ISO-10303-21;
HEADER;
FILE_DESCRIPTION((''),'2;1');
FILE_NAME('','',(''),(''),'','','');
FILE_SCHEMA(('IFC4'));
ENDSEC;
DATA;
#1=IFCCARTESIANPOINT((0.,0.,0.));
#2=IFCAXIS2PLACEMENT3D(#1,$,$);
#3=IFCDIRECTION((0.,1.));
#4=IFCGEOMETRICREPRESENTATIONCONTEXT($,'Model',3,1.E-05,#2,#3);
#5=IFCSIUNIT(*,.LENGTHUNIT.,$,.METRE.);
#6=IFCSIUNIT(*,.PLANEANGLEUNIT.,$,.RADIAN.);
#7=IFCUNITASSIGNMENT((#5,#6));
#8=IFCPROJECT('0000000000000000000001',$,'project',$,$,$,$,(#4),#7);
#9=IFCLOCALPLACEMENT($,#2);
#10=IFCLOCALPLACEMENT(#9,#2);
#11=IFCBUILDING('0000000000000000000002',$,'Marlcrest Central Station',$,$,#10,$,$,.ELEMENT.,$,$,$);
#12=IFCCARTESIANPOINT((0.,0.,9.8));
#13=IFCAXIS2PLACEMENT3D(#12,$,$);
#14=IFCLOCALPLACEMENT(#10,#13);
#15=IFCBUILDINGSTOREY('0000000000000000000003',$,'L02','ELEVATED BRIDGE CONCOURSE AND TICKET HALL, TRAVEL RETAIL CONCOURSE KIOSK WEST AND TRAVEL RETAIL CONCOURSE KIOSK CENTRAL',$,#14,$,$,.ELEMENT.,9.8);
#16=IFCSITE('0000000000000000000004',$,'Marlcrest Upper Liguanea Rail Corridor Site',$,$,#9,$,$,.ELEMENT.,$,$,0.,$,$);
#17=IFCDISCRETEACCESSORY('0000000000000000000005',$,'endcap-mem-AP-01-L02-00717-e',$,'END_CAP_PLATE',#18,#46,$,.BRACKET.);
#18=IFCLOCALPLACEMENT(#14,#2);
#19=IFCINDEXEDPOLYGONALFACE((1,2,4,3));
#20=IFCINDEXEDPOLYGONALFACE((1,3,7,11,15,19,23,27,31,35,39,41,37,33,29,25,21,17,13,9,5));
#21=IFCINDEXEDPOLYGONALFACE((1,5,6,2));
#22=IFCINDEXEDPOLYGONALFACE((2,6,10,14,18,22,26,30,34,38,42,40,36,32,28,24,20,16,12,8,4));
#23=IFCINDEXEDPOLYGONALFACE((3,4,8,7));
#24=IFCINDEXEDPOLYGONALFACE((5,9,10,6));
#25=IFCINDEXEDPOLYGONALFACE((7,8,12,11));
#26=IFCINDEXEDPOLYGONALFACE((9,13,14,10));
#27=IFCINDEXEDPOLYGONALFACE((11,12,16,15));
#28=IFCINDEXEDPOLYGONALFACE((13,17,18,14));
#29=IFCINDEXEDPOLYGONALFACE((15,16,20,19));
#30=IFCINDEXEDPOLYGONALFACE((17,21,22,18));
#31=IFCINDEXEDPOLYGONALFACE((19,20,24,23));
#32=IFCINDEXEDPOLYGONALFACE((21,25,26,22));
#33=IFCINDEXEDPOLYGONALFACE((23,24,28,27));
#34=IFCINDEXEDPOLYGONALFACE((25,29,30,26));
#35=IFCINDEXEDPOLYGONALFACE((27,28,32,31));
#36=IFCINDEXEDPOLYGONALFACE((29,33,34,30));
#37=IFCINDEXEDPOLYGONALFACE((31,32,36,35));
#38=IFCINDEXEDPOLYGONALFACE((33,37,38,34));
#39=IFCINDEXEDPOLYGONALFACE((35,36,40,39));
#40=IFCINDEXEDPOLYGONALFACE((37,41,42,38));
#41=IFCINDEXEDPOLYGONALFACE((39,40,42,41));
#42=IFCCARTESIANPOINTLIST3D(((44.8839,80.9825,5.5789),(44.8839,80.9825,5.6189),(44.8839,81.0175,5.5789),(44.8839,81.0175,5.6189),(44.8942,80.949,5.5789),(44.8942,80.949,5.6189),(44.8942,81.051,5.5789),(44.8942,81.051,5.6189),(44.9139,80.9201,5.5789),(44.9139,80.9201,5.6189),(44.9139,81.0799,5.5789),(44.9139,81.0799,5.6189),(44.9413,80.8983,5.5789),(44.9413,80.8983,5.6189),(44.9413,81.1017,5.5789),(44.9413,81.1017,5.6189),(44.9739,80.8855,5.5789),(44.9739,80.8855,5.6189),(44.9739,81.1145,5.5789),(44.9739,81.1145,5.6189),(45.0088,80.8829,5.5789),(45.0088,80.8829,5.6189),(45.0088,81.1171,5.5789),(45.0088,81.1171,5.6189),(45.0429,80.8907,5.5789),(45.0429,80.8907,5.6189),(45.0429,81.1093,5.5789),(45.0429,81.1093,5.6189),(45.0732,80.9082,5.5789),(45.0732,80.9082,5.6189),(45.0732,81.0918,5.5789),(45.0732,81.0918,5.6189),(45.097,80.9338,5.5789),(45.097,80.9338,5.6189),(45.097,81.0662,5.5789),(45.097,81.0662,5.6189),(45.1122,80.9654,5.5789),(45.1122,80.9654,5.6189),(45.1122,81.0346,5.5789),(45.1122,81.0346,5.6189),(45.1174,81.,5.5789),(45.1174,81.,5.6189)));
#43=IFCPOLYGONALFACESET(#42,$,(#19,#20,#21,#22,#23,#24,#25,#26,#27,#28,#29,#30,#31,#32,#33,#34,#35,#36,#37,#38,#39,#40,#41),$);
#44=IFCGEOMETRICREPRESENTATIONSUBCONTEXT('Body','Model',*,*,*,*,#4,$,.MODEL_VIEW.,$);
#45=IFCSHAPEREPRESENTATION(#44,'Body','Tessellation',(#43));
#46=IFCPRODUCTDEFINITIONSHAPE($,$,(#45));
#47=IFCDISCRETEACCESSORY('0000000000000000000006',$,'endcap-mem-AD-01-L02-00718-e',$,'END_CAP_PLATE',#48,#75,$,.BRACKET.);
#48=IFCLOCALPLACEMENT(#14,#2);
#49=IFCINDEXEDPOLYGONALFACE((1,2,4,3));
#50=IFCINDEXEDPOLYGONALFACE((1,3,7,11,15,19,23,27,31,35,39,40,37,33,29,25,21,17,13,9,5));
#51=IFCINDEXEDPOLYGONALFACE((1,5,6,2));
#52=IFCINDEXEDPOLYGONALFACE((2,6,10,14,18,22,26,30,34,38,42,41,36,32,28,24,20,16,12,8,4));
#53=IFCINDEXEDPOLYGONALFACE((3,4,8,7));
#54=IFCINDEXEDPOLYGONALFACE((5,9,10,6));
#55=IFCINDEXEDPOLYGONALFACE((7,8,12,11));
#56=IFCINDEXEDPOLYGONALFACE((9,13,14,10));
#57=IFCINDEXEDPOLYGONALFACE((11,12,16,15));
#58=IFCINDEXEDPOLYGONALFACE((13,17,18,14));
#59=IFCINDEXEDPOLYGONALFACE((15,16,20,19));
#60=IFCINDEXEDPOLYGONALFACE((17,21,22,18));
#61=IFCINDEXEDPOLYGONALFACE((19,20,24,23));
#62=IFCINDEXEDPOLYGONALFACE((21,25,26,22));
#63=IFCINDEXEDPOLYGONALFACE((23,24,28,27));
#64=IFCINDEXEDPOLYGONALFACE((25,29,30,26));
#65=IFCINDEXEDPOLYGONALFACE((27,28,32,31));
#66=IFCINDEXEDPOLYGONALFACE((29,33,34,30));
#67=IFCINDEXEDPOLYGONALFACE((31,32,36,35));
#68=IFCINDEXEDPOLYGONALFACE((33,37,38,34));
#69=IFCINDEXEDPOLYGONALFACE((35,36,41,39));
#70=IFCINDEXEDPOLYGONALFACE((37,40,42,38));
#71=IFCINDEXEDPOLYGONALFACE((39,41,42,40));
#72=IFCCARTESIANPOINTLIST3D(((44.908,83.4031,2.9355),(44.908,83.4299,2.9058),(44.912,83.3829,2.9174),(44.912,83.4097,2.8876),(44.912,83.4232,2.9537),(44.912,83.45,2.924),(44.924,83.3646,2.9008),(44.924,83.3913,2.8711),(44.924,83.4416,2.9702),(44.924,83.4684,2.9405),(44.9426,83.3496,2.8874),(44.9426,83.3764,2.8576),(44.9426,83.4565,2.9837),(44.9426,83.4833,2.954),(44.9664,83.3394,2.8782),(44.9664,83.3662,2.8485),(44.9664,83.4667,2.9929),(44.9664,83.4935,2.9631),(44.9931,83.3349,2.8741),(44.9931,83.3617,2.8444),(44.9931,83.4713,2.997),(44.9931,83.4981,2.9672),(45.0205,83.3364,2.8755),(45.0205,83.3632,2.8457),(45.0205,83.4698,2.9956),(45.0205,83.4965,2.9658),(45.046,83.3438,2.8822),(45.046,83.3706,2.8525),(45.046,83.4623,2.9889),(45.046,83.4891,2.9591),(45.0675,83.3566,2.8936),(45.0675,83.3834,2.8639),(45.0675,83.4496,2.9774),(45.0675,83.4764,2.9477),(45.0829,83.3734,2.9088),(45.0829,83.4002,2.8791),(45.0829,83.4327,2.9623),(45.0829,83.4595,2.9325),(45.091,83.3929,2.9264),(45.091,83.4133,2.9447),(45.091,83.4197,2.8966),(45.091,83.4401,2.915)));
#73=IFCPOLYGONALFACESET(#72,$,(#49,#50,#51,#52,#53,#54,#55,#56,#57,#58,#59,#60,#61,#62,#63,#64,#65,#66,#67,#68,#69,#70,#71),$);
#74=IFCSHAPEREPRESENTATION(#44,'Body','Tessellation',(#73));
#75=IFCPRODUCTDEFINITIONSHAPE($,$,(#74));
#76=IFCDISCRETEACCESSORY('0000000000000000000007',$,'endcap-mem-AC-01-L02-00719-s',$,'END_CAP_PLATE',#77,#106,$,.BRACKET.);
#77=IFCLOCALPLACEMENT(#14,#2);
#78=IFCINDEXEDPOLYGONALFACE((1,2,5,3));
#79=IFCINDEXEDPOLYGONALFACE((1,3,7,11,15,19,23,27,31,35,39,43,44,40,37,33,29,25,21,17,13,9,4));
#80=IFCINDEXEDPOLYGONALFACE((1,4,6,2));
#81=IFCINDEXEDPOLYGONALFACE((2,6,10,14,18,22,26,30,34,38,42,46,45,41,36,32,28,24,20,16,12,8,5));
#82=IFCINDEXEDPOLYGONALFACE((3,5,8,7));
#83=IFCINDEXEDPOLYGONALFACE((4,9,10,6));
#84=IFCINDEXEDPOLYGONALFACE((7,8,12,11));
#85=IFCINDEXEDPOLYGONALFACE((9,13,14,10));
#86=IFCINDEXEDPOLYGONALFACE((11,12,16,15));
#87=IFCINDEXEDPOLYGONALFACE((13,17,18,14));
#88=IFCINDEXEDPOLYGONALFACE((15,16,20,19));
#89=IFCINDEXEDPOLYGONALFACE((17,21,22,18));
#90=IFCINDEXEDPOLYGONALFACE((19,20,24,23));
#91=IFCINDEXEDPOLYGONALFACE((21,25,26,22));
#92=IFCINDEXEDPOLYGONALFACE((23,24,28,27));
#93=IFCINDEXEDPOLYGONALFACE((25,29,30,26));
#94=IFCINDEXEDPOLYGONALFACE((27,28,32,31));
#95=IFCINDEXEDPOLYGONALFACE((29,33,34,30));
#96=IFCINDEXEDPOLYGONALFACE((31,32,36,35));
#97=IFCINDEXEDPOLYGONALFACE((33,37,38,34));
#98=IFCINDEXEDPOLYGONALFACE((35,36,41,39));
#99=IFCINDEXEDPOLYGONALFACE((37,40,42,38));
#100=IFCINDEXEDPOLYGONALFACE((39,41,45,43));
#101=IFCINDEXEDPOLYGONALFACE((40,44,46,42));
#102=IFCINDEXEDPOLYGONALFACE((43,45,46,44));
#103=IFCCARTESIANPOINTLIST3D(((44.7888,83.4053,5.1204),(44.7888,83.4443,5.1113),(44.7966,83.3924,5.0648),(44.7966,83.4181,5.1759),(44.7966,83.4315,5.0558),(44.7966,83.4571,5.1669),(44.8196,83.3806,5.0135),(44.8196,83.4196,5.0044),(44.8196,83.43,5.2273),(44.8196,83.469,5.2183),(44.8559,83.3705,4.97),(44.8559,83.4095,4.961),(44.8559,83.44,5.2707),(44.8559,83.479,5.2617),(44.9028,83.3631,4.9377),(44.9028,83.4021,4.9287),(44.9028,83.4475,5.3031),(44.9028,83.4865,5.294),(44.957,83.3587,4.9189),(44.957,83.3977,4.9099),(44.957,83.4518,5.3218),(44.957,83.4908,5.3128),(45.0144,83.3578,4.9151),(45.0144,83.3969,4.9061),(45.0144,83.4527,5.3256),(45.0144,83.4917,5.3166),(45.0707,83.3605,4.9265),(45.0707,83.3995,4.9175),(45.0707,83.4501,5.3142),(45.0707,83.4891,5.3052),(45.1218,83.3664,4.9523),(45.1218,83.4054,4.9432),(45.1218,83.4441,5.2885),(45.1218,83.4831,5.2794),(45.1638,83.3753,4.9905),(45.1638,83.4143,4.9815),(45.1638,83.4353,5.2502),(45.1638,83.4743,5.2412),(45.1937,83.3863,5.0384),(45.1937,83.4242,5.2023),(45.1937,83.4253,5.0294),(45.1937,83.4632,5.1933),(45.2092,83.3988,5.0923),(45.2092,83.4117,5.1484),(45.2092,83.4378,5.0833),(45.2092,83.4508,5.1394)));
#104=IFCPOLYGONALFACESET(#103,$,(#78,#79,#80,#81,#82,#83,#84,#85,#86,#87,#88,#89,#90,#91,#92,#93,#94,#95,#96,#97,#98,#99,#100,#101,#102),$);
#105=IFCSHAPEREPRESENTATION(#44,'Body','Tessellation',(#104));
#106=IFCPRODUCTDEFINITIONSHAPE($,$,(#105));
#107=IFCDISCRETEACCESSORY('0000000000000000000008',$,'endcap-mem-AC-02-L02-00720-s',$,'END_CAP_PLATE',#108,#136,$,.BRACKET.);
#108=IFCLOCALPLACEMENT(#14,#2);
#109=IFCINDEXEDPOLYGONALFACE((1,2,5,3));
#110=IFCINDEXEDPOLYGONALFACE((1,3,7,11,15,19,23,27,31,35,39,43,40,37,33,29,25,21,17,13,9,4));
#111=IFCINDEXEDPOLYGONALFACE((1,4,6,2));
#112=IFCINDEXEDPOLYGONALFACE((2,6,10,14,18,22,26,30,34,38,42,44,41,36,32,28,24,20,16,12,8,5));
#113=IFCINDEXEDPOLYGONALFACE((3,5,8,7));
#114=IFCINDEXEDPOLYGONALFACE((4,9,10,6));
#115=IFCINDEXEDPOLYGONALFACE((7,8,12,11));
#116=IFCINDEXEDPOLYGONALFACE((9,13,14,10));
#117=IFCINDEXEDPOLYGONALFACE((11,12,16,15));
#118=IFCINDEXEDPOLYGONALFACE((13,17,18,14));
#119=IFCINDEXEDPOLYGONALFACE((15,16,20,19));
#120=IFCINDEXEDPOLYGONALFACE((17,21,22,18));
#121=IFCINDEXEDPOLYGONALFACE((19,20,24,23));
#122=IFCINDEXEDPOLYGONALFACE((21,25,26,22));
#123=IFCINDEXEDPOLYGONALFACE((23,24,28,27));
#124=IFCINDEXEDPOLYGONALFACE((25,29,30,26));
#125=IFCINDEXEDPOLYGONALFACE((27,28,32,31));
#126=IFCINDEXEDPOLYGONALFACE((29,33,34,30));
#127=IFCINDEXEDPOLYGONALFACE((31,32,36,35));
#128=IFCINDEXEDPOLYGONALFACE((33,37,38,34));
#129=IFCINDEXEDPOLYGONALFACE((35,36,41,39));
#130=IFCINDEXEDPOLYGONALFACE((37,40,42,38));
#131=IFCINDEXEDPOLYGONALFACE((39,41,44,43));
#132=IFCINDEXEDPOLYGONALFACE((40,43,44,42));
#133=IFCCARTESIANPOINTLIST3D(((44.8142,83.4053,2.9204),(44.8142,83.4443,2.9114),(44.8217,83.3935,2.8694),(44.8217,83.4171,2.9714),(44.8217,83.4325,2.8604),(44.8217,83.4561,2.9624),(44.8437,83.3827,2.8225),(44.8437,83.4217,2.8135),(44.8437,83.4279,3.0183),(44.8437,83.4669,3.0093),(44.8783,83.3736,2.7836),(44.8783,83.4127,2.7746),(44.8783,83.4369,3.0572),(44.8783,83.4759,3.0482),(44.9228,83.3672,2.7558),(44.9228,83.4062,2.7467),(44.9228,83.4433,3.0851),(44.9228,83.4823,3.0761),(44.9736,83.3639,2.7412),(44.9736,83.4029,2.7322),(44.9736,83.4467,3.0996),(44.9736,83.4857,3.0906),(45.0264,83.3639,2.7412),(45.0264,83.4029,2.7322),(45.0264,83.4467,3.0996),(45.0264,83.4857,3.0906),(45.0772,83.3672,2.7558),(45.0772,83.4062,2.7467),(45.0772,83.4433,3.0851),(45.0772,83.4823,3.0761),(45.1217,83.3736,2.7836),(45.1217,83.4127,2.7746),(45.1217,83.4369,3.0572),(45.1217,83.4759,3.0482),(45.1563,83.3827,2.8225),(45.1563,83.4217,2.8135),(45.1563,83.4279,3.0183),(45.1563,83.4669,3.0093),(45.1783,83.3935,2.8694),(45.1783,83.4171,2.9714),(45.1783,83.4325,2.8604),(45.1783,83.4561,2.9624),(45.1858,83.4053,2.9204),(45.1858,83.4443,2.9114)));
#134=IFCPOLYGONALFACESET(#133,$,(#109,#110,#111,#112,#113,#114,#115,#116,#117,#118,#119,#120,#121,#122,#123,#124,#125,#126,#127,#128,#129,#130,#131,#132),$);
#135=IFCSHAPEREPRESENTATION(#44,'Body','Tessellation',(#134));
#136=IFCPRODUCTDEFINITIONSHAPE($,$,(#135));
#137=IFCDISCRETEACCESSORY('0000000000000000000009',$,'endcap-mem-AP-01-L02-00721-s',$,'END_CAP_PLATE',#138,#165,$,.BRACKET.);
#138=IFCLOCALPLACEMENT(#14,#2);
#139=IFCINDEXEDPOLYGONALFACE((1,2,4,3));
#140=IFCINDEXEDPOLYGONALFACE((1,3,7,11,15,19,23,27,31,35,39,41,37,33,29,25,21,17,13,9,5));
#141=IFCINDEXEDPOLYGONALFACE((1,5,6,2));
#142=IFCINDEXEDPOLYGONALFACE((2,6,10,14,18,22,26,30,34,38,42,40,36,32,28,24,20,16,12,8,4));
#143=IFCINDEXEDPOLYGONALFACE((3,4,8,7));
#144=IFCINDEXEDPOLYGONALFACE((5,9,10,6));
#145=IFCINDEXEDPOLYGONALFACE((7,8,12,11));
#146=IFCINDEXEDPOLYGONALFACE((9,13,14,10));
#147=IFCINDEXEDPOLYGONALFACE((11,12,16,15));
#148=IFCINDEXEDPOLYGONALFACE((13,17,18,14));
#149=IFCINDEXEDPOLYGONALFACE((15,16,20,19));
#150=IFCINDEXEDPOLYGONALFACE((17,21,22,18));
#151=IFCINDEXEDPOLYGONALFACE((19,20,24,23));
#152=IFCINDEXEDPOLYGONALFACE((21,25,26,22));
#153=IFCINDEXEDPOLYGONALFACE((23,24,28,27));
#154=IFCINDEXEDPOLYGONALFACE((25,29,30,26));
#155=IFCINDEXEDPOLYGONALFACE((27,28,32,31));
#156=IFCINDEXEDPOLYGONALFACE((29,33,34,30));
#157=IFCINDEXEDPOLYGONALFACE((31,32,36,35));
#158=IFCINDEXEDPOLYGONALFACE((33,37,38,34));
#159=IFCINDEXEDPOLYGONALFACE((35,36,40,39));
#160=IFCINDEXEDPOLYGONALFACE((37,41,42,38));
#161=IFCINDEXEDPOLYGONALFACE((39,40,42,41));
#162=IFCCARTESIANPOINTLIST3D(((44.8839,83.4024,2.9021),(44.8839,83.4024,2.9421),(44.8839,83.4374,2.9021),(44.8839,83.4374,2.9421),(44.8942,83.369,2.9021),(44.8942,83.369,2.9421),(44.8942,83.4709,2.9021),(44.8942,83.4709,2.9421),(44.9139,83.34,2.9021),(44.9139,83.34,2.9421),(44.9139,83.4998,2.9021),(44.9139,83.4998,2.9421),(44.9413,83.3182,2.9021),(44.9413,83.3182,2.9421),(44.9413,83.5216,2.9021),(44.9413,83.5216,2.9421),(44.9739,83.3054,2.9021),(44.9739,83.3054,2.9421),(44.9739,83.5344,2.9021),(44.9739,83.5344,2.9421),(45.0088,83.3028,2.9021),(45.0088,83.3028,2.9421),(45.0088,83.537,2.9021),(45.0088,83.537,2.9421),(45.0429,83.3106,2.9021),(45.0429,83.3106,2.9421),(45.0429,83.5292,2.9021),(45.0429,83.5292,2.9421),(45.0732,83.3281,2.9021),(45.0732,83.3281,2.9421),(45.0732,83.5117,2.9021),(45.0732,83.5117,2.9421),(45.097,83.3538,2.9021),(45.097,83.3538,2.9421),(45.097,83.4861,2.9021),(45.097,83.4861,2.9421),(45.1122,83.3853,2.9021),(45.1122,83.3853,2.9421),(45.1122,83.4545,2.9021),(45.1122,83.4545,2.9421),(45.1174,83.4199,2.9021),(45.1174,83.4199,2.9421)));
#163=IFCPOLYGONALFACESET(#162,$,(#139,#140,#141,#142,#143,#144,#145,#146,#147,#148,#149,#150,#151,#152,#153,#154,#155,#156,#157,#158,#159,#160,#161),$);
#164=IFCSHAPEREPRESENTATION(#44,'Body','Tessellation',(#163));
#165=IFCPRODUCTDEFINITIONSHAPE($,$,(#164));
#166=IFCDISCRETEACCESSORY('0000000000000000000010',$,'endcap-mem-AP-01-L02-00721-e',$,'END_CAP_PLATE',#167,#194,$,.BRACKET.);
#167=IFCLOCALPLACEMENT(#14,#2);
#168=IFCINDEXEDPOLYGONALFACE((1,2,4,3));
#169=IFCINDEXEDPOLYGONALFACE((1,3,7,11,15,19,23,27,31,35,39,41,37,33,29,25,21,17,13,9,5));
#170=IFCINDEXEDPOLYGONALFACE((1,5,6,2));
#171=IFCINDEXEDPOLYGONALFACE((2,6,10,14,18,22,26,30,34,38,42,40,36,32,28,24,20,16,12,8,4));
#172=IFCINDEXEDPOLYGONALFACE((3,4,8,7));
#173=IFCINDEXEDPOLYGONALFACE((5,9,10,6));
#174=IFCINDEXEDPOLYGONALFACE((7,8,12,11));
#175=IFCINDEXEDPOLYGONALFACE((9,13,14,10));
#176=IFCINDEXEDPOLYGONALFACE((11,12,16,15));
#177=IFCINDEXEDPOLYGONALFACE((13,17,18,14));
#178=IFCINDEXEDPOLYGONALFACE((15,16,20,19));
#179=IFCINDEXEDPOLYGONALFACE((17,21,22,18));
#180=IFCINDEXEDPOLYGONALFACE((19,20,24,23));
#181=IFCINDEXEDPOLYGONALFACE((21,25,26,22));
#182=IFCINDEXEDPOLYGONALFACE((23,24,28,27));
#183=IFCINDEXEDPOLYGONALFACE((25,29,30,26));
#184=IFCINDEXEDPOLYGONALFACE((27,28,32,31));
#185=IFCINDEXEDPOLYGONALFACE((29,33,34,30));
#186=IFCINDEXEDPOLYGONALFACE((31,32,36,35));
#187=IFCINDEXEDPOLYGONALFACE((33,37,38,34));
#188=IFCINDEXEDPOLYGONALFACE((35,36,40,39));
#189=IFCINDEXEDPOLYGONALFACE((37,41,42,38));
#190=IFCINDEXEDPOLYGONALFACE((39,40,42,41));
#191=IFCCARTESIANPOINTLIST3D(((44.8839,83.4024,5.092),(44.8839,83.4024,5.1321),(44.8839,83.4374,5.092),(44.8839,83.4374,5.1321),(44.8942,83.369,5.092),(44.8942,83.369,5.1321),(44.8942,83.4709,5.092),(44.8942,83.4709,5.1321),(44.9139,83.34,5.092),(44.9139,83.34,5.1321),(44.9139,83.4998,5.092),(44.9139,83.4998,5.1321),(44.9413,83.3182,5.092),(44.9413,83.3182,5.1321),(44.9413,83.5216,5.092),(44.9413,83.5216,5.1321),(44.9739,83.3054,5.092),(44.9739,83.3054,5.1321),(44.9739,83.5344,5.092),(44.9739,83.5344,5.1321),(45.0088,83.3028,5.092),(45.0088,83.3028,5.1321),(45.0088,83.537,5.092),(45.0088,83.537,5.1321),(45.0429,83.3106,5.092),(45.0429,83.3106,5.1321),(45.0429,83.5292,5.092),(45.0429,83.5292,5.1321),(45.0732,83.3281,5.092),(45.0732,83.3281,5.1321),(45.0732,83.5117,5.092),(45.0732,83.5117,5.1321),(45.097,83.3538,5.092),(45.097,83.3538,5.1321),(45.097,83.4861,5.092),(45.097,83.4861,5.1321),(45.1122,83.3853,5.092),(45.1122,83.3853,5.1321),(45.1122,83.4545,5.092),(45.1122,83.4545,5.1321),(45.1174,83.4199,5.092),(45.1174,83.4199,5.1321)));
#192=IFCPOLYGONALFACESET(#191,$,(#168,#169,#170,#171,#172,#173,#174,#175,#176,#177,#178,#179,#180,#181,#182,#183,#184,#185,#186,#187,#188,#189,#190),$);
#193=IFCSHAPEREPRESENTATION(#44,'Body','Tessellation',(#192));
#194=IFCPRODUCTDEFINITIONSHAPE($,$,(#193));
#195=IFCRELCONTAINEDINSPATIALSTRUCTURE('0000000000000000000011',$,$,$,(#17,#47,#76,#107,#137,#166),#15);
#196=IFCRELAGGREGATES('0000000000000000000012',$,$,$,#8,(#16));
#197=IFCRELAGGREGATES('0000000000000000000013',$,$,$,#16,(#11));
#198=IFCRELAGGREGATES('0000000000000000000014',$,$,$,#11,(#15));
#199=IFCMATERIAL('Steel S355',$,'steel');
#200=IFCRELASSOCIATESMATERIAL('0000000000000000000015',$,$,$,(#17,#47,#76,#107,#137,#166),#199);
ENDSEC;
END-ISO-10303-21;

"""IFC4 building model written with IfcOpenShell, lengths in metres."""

from ifc_helpers import new_model, si_unit, direction, frame, origin, origin_2d, place, context, subcontext, project, spatial, circle, extrude, material, element, save


model = new_model("IFC4")

# Units and contexts
model_context = context("Model", 3, precision=1e-05, world=origin(), true_north=direction((0.0, 1.0)))
body_context = subcontext(model_context, "Body", "Model", "MODEL_VIEW")
ifc_project = project(units=[si_unit("LENGTHUNIT", "METRE"), si_unit("PLANEANGLEUNIT", "RADIAN")], contexts=[model_context])

# Site, building, storey
site_placement = place(None, origin())
site = spatial("IfcSite", under=ifc_project, at=site_placement, Name="Marlcrest Upper Liguanea Rail Corridor Site", CompositionType="ELEMENT", RefElevation=0.0)
building_placement = place(site_placement, origin())
building = spatial("IfcBuilding", under=site, at=building_placement, Name="Marlcrest Central Station", CompositionType="ELEMENT")
storey_placement = place(building_placement, frame((0.0, 0.0, 9.8)))
storey = spatial("IfcBuildingStorey", under=building, at=storey_placement, Name="L02", Description="ELEVATED BRIDGE CONCOURSE AND TICKET HALL, TRAVEL RETAIL CONCOURSE KIOSK WEST AND TRAVEL RETAIL CONCOURSE KIOSK CENTRAL", CompositionType="ELEMENT", Elevation=9.8)

# Shared definitions
ifc_material_1 = material(Name="Steel S355", Category="steel")

# Discrete accessories
for number, where, z_axis, x_axis, name in (
    (1, (45.0, 81.0, 5.5789), (0.0, 0.0, 1.0), (1.0, 0.0, 0.0), "endcap-mem-AP-01-L02-00717-e"),
):
    element("IfcDiscreteAccessory", number, at=place(storey_placement, frame(where, z_axis=z_axis, x_axis=x_axis)), inside=storey, material=ifc_material_1, Name=name, ObjectType="END_CAP_PLATE", PredefinedType="BRACKET", context=body_context, shape_type="SweptSolid", body=[
        extrude(circle(Radius=0.1174, at=origin_2d()), origin(), (0.0, 0.0, 1.0), 0.04),
    ])
discrete_accessory_1_placement = place(storey_placement, frame((45.0, 83.4031, 2.9355), z_axis=(0.0, 0.669244, -0.743042), x_axis=(-1.0, 0.0, 0.0)))
element("IfcDiscreteAccessory", 2, at=discrete_accessory_1_placement, inside=storey, material=ifc_material_1, Name="endcap-mem-AD-01-L02-00718-e", ObjectType="END_CAP_PLATE", PredefinedType="BRACKET", context=body_context, shape_type="SweptSolid", body=[
    extrude(circle(Radius=0.092, at=origin_2d()), origin(), (0.0, 0.0, 1.0), 0.04),
])
discrete_accessory_2_placement = place(storey_placement, frame((45.0, 83.4053, 5.1204), z_axis=(0.0, 0.97433, -0.225126), x_axis=(-1.0, 0.0, 0.0)))
element("IfcDiscreteAccessory", 3, at=discrete_accessory_2_placement, inside=storey, material=ifc_material_1, Name="endcap-mem-AC-01-L02-00719-s", ObjectType="END_CAP_PLATE", PredefinedType="BRACKET", context=body_context, shape_type="SweptSolid", body=[
    extrude(circle(Radius=0.2112, at=origin_2d()), origin(), (0.0, 0.0, 1.0), 0.04),
])
discrete_accessory_3_placement = place(storey_placement, frame((45.0, 83.4053, 2.9204), z_axis=(0.0, 0.974308, -0.22522), x_axis=(-1.0, 0.0, 0.0)))
element("IfcDiscreteAccessory", 4, at=discrete_accessory_3_placement, inside=storey, material=ifc_material_1, Name="endcap-mem-AC-02-L02-00720-s", ObjectType="END_CAP_PLATE", PredefinedType="BRACKET", context=body_context, shape_type="SweptSolid", body=[
    extrude(circle(Radius=0.1858, at=origin_2d()), origin(), (0.0, 0.0, 1.0), 0.04),
])
for number, where, z_axis, x_axis, name in (
    (5, (45.0, 83.4199, 2.9021), (0.0, 0.0, 1.0), (1.0, 0.0, 0.0), "endcap-mem-AP-01-L02-00721-s"),
    (6, (45.0, 83.4199, 5.092), (0.0, 0.0, 1.0), (1.0, 0.0, 0.0), "endcap-mem-AP-01-L02-00721-e"),
):
    element("IfcDiscreteAccessory", number, at=place(storey_placement, frame(where, z_axis=z_axis, x_axis=x_axis)), inside=storey, material=ifc_material_1, Name=name, ObjectType="END_CAP_PLATE", PredefinedType="BRACKET", context=body_context, shape_type="SweptSolid", body=[
        extrude(circle(Radius=0.1174, at=origin_2d()), origin(), (0.0, 0.0, 1.0), 0.04),
    ])

save(model, "model.ifc")
